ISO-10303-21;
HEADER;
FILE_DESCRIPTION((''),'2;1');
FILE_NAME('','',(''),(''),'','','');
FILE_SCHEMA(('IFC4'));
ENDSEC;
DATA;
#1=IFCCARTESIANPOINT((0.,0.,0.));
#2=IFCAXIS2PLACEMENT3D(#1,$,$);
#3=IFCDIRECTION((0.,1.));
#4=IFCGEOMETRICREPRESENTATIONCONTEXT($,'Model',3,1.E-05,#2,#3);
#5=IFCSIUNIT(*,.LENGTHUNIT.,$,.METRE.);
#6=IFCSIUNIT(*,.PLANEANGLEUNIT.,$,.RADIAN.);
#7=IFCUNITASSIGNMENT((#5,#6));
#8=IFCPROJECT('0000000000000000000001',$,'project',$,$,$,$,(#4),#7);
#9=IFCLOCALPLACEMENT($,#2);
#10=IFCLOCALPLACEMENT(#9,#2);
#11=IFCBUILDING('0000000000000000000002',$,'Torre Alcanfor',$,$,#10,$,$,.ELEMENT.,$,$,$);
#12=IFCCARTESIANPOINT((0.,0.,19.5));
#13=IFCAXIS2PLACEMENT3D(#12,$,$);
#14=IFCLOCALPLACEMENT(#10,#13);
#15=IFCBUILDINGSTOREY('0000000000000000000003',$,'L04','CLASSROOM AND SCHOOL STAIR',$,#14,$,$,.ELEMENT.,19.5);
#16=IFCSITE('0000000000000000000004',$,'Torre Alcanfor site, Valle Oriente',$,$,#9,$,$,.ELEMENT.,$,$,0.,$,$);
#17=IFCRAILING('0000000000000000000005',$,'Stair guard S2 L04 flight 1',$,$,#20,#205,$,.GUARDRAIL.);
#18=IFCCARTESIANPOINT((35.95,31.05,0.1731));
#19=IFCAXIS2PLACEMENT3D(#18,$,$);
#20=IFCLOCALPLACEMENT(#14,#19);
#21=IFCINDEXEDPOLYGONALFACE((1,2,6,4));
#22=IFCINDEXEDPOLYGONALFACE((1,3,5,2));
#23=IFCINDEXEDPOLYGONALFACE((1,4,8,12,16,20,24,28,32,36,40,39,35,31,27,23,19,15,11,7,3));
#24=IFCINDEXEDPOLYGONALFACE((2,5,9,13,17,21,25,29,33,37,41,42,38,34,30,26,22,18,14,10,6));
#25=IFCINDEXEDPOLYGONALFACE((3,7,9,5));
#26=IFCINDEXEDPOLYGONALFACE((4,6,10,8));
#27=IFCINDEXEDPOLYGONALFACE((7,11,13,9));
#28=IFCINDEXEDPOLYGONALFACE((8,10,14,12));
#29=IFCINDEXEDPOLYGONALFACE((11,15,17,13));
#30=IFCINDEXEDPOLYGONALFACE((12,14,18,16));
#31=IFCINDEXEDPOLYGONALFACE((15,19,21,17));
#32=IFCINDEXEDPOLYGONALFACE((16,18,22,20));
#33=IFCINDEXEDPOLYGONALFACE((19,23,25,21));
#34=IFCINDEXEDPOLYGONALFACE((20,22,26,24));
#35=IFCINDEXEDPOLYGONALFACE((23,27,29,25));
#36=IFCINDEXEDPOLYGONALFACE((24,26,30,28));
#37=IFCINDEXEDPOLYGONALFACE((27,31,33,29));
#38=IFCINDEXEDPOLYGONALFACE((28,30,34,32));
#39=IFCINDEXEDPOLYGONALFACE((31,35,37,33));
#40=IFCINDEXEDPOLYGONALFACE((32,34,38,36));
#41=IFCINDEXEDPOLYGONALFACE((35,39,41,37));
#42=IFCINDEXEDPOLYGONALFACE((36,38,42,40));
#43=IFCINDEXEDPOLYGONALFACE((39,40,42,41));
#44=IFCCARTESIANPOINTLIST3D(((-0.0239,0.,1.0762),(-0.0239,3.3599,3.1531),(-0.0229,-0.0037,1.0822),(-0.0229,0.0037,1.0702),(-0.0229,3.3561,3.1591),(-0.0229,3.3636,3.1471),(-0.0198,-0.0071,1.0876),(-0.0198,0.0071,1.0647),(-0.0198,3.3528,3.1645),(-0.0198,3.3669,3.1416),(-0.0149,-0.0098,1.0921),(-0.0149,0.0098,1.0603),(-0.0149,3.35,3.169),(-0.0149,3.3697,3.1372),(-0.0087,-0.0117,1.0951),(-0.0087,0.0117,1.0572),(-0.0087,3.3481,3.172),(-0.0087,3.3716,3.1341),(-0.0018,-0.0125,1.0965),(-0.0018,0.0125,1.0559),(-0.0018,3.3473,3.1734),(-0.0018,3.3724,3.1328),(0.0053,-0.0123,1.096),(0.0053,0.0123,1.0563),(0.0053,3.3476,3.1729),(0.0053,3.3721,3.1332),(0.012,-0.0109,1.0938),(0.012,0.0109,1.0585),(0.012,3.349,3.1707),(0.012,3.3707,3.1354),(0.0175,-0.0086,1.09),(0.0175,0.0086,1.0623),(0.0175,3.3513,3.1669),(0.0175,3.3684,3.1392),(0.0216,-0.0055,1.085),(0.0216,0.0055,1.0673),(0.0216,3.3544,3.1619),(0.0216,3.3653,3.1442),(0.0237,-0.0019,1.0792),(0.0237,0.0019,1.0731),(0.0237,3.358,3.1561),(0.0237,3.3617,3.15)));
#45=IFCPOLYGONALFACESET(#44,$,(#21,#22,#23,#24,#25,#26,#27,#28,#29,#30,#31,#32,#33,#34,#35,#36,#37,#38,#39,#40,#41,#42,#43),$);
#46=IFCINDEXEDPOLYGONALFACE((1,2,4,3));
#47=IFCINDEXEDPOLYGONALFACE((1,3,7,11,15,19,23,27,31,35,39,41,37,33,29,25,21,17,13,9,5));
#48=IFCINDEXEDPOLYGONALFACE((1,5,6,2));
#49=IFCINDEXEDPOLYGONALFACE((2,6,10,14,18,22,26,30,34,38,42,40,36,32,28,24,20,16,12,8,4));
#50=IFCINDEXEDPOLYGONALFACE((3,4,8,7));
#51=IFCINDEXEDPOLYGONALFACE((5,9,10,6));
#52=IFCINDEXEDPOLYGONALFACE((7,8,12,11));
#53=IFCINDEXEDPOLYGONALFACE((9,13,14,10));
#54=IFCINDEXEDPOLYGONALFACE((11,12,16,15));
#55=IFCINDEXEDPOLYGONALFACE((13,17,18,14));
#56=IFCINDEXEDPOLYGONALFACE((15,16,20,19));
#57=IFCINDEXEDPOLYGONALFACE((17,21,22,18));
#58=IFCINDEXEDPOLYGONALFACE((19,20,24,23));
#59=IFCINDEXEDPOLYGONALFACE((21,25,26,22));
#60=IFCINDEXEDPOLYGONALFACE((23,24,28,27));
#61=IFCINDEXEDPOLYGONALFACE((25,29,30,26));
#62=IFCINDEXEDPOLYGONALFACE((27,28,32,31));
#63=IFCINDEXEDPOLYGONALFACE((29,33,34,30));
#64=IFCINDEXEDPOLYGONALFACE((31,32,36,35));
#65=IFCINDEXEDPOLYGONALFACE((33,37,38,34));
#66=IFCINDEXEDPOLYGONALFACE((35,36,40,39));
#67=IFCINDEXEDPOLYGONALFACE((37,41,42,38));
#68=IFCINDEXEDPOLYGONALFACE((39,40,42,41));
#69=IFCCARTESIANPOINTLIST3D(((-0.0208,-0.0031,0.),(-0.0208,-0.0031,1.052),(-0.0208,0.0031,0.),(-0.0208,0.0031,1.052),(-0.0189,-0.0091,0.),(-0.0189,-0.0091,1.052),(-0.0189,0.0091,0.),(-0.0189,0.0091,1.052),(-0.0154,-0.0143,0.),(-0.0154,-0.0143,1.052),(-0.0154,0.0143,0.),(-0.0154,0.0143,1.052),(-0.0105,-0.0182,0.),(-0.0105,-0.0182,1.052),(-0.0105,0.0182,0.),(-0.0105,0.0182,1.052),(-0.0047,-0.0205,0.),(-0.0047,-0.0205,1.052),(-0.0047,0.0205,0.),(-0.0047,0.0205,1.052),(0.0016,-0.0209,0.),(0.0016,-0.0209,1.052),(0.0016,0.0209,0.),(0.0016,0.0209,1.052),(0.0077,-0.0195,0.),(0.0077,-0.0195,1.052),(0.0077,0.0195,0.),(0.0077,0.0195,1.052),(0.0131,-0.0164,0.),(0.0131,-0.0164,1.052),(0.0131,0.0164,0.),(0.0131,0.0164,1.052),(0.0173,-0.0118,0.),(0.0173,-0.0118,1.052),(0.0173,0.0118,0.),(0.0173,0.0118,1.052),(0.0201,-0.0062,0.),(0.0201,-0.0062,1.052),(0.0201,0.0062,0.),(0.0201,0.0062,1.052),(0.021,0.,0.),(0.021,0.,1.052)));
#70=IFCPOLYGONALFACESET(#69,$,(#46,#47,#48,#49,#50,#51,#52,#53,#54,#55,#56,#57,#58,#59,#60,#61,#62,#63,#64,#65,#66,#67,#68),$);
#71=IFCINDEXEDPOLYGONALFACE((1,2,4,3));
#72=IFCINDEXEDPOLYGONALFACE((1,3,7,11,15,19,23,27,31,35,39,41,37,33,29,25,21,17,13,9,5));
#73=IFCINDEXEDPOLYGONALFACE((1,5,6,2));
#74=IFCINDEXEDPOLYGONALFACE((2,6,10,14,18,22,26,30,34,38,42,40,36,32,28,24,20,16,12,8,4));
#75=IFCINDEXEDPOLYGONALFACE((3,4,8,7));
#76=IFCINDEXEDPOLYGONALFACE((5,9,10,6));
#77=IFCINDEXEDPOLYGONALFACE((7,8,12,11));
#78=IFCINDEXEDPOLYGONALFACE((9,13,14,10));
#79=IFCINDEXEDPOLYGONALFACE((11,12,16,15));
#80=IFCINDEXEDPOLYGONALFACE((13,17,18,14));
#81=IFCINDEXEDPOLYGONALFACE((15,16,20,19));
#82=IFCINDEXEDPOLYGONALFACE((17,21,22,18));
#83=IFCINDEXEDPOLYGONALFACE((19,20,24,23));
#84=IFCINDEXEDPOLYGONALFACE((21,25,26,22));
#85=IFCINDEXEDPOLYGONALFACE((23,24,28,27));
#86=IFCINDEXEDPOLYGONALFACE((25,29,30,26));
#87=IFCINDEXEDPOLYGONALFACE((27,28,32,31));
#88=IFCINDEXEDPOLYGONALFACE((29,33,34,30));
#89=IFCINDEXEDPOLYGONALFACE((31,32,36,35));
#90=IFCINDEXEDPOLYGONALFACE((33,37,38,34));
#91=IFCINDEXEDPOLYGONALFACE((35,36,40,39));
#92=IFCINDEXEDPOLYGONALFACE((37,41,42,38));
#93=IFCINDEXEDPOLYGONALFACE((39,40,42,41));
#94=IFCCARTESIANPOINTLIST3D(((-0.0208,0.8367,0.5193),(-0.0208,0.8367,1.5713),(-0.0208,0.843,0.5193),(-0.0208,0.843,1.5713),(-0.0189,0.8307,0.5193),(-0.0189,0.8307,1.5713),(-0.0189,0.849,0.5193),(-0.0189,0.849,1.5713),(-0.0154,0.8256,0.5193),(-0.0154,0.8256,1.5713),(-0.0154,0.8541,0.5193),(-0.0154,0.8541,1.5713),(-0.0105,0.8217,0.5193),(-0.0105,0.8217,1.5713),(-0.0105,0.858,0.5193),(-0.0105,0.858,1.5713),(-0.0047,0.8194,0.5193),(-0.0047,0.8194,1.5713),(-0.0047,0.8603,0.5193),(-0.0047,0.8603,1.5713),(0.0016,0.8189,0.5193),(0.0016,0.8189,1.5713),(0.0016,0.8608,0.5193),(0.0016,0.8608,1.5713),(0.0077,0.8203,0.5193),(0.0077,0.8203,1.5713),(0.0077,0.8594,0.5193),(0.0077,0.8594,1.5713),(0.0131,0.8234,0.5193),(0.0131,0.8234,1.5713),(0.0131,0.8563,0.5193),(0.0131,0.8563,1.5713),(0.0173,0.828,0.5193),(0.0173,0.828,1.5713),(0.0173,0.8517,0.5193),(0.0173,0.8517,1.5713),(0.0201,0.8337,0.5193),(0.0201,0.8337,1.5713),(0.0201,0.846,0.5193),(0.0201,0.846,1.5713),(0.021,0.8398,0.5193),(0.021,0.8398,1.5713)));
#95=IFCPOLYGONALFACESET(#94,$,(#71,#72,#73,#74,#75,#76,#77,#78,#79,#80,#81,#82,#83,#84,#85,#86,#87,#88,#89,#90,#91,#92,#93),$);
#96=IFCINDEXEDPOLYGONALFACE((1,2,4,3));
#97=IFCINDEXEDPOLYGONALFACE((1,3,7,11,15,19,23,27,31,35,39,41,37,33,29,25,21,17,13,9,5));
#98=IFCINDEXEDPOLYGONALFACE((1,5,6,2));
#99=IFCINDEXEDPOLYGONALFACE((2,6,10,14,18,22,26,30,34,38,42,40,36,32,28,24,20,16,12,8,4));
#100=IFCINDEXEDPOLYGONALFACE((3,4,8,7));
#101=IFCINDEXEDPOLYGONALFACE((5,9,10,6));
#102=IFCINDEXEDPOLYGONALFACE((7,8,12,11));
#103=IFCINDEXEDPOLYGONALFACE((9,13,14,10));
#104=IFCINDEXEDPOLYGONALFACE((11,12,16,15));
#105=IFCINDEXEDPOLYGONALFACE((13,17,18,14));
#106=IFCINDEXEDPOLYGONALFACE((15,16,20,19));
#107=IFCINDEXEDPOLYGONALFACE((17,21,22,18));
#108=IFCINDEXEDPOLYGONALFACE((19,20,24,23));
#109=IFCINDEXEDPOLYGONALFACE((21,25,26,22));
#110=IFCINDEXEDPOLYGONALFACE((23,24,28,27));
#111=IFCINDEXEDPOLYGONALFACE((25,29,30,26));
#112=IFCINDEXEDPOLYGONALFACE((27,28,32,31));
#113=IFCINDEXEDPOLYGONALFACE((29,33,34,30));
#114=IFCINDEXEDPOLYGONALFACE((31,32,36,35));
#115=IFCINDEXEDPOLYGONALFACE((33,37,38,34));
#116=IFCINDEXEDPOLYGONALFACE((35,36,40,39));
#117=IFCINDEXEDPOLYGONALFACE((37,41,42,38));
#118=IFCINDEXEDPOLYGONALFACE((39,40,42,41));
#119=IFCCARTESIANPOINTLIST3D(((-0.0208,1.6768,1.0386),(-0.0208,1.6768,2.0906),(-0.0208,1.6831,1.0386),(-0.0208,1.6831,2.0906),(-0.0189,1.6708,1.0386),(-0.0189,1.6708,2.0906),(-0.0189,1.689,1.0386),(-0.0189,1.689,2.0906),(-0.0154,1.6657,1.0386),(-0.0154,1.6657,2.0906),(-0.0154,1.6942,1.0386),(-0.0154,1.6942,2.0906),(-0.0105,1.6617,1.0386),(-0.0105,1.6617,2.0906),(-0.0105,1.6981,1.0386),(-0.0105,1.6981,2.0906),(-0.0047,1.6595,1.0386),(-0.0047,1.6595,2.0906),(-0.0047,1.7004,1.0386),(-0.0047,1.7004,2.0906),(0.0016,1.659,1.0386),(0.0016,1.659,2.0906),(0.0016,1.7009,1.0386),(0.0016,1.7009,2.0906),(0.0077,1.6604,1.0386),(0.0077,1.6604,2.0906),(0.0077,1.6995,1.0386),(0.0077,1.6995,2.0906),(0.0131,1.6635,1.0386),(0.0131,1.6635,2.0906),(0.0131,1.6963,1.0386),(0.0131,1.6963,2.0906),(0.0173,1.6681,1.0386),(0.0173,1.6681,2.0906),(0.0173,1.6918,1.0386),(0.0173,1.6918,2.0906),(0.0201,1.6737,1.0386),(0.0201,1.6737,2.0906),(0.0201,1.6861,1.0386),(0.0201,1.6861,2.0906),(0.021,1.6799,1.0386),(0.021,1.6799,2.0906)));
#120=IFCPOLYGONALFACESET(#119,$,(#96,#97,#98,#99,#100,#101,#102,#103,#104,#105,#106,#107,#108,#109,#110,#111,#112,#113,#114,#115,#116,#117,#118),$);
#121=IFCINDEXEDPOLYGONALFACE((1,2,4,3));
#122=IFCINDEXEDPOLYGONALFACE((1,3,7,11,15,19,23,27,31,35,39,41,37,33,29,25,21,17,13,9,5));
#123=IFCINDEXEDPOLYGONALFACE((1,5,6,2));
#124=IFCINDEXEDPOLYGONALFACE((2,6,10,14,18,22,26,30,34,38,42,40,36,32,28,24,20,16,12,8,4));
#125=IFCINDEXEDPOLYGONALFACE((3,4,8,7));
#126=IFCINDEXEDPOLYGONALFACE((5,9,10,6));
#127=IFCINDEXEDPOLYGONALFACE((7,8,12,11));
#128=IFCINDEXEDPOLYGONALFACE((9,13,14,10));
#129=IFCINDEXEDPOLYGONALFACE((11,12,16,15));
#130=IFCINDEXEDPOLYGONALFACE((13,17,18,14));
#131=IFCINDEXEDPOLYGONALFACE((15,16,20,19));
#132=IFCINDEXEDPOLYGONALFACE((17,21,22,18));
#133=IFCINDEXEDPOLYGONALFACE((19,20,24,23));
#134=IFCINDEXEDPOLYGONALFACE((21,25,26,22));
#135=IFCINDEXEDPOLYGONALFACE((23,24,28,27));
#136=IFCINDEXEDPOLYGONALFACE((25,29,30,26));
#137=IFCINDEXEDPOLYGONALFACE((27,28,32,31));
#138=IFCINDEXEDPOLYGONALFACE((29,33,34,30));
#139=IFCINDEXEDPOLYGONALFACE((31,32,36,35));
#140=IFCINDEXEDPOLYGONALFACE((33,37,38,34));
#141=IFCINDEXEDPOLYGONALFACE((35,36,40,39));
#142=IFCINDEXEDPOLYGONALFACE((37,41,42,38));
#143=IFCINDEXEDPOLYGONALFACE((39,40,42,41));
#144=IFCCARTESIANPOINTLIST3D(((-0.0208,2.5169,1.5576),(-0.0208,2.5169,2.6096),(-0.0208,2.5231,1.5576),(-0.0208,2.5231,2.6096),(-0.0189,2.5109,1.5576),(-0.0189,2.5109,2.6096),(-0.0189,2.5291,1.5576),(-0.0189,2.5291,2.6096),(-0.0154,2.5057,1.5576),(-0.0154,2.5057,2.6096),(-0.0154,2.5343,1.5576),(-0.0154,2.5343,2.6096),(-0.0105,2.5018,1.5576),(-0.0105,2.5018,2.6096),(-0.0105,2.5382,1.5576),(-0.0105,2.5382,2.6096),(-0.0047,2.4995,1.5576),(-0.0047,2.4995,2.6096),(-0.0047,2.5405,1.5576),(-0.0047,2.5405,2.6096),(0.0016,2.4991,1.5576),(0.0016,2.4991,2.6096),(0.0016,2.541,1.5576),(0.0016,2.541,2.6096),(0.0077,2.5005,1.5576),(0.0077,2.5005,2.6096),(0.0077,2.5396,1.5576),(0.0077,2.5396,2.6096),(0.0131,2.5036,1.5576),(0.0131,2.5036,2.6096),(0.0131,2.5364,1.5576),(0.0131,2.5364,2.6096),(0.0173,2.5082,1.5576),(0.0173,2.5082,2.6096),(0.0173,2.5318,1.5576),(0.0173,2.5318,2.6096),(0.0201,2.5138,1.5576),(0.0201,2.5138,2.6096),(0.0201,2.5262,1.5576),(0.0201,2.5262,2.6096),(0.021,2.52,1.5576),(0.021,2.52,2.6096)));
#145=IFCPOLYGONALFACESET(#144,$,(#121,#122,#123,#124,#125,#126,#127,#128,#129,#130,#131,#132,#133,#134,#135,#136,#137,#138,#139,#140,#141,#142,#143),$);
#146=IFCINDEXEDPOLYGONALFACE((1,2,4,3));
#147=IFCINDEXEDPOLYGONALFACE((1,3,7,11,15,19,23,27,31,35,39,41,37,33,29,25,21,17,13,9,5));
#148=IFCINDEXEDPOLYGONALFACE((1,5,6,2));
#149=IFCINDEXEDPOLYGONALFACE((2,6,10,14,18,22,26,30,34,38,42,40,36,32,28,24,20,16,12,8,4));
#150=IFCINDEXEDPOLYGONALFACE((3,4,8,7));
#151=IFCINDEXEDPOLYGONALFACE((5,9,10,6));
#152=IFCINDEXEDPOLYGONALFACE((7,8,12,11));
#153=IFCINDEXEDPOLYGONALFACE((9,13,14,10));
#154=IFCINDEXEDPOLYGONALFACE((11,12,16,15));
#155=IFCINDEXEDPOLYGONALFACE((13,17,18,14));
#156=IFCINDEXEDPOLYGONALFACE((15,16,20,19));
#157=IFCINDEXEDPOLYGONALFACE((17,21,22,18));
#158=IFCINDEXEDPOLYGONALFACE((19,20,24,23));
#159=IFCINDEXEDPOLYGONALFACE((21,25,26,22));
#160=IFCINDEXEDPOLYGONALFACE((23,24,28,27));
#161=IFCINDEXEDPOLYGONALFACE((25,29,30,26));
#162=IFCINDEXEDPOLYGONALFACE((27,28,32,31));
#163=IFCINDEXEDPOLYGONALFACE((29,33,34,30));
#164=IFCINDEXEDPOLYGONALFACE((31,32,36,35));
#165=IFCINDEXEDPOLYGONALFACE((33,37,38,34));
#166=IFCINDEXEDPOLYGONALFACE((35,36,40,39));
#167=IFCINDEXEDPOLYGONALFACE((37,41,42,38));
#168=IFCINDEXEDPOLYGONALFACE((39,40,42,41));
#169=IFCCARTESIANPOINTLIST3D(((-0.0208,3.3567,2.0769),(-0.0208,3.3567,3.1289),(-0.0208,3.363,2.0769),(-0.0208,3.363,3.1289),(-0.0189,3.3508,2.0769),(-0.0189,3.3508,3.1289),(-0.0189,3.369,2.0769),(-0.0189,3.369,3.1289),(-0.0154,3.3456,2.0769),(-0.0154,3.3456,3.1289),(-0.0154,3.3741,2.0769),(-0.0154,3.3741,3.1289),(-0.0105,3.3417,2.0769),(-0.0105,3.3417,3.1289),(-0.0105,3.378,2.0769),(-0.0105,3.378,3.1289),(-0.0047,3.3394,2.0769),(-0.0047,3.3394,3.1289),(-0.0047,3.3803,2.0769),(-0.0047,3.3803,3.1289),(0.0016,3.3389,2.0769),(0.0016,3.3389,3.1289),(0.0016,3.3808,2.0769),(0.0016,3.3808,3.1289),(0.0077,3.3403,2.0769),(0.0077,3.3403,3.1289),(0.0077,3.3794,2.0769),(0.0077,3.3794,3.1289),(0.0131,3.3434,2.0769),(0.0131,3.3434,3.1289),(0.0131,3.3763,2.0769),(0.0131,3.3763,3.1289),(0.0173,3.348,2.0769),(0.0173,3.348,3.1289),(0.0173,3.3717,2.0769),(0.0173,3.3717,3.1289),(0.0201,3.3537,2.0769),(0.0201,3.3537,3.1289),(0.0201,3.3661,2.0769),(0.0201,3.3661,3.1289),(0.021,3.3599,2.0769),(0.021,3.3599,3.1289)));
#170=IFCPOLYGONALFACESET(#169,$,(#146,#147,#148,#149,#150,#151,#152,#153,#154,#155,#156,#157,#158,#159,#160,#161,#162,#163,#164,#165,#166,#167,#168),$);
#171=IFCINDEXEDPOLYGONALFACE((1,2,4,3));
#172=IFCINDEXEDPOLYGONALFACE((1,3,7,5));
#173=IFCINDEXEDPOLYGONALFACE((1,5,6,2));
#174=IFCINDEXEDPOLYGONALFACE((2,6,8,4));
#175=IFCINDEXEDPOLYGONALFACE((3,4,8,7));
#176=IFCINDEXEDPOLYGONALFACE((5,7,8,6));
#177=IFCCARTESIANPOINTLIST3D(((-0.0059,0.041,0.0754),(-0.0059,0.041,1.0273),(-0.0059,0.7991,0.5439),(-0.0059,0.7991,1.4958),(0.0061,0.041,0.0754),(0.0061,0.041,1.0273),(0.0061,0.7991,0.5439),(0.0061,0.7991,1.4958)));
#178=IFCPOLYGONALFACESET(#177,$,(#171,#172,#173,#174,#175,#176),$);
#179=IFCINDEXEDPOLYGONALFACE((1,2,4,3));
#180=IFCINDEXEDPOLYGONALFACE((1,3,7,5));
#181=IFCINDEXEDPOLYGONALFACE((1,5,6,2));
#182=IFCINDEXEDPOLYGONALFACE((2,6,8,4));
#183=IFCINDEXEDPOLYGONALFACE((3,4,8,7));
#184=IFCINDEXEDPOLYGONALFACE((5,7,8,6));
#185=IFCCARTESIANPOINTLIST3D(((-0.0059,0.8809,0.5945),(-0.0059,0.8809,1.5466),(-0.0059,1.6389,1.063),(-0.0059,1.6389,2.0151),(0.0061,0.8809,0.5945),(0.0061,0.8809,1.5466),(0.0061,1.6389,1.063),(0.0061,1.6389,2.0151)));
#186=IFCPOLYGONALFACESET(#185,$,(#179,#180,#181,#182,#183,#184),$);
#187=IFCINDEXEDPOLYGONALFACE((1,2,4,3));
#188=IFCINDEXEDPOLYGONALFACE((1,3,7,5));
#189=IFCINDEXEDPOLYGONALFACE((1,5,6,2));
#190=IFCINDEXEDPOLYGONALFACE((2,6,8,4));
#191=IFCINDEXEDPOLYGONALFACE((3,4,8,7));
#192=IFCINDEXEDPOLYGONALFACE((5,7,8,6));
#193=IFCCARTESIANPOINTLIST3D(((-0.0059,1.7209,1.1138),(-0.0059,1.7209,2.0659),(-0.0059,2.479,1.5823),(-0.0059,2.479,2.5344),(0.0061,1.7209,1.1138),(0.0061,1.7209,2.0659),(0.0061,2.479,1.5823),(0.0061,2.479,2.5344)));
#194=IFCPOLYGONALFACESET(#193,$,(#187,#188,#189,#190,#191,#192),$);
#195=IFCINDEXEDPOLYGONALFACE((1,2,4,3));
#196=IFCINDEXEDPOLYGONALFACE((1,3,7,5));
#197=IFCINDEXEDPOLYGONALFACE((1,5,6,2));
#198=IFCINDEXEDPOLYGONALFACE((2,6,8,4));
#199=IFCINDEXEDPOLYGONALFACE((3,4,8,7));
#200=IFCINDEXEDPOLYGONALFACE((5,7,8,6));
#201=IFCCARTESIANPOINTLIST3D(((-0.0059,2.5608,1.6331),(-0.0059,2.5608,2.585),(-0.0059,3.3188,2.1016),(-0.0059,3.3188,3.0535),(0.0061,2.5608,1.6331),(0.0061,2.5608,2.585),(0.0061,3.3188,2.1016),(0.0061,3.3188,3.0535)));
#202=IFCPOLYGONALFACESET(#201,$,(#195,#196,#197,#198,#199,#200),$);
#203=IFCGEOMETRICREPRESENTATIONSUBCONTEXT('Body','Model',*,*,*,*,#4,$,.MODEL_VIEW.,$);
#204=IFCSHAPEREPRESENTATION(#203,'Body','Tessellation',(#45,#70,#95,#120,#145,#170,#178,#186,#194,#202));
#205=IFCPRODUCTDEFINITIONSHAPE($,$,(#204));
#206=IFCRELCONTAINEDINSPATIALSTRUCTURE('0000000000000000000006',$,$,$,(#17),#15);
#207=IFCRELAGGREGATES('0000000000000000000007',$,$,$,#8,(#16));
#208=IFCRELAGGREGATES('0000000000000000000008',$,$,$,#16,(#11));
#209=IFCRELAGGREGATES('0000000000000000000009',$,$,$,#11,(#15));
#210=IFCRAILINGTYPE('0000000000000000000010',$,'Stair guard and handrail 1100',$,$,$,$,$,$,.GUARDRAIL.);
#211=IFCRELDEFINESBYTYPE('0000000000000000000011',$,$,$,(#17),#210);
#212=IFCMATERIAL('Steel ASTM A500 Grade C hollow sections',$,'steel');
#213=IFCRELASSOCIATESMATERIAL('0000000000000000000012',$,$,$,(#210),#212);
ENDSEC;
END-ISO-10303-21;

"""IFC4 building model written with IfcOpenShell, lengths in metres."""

from ifc_helpers import new_model, si_unit, direction, frame, origin, origin_2d, place, context, subcontext, project, spatial, polyline, circle, outline, extrude, material, type_object, element, save


model = new_model("IFC4")

# Units and contexts
model_context = context("Model", 3, precision=1e-05, world=origin(), true_north=direction((0.0, 1.0)))
body_context = subcontext(model_context, "Body", "Model", "MODEL_VIEW")
ifc_project = project(units=[si_unit("LENGTHUNIT", "METRE"), si_unit("PLANEANGLEUNIT", "RADIAN")], contexts=[model_context])

# Site, building, storey
site_placement = place(None, origin())
site = spatial("IfcSite", under=ifc_project, at=site_placement, Name="Torre Alcanfor site, Valle Oriente", CompositionType="ELEMENT", RefElevation=0.0)
building_placement = place(site_placement, origin())
building = spatial("IfcBuilding", under=site, at=building_placement, Name="Torre Alcanfor", CompositionType="ELEMENT")
storey_placement = place(building_placement, frame((0.0, 0.0, 19.5)))
storey = spatial("IfcBuildingStorey", under=building, at=storey_placement, Name="L04", Description="CLASSROOM AND SCHOOL STAIR", CompositionType="ELEMENT", Elevation=19.5)

# Railing
ifc_material_1 = material(Name="Steel ASTM A500 Grade C hollow sections", Category="steel")
railing_type_1 = type_object("IfcRailingType", Name="Stair guard and handrail 1100", PredefinedType="GUARDRAIL", material=ifc_material_1)
railing_1_placement = place(storey_placement, frame((35.95, 31.05, 0.1731)))
element("IfcRailing", 1, at=railing_1_placement, inside=storey, type_object=railing_type_1, Name="Stair guard S2 L04 flight 1", PredefinedType="GUARDRAIL", context=body_context, shape_type="SweptSolid", body=[
    extrude(circle(Radius=0.0239, at=origin_2d()), frame((0.0, 0.0, 1.0762), z_axis=(0.0, 0.850606, 0.525803), x_axis=(-1.0, 0.0, 0.0)), (0.0, 0.0, 1.0), 3.95),
    extrude(circle(Radius=0.021, at=origin_2d()), origin(), (0.0, 0.0, 1.0), 1.052),
    extrude(circle(Radius=0.021, at=origin_2d()), frame((0.0, 0.8398, 0.5193)), (0.0, 0.0, 1.0), 1.052),
    extrude(circle(Radius=0.021, at=origin_2d()), frame((0.0, 1.6799, 1.0386)), (0.0, 0.0, 1.0), 1.052),
    extrude(circle(Radius=0.021, at=origin_2d()), frame((0.0, 2.52, 1.5576)), (0.0, 0.0, 1.0), 1.052),
    extrude(circle(Radius=0.021, at=origin_2d()), frame((0.0, 3.3599, 2.0769)), (0.0, 0.0, 1.0), 1.052),
    extrude(outline(polyline([(0.041, 0.0754), (0.7991, 0.5439), (0.7991, 1.4958), (0.041, 1.0273), (0.041, 0.0754)])), frame((-0.0059, 0.0, 0.0), z_axis=(1.0, 0.0, 0.0), x_axis=(0.0, 1.0, 0.0)), (0.0, 0.0, 1.0), 0.012),
    extrude(outline(polyline([(0.8809, 0.5945), (1.6389, 1.063), (1.6389, 2.0151), (0.8809, 1.5466), (0.8809, 0.5945)])), frame((-0.0059, 0.0, 0.0), z_axis=(1.0, 0.0, 0.0), x_axis=(0.0, 1.0, 0.0)), (0.0, 0.0, 1.0), 0.012),
    extrude(outline(polyline([(1.7209, 1.1138), (2.479, 1.5823), (2.479, 2.5344), (1.7209, 2.0659), (1.7209, 1.1138)])), frame((-0.0059, 0.0, 0.0), z_axis=(1.0, 0.0, 0.0), x_axis=(0.0, 1.0, 0.0)), (0.0, 0.0, 1.0), 0.012),
    extrude(outline(polyline([(2.5608, 1.6331), (3.3188, 2.1016), (3.3188, 3.0535), (2.5608, 2.585), (2.5608, 1.6331)])), frame((-0.0059, 0.0, 0.0), z_axis=(1.0, 0.0, 0.0), x_axis=(0.0, 1.0, 0.0)), (0.0, 0.0, 1.0), 0.012),
])

save(model, "model.ifc")
